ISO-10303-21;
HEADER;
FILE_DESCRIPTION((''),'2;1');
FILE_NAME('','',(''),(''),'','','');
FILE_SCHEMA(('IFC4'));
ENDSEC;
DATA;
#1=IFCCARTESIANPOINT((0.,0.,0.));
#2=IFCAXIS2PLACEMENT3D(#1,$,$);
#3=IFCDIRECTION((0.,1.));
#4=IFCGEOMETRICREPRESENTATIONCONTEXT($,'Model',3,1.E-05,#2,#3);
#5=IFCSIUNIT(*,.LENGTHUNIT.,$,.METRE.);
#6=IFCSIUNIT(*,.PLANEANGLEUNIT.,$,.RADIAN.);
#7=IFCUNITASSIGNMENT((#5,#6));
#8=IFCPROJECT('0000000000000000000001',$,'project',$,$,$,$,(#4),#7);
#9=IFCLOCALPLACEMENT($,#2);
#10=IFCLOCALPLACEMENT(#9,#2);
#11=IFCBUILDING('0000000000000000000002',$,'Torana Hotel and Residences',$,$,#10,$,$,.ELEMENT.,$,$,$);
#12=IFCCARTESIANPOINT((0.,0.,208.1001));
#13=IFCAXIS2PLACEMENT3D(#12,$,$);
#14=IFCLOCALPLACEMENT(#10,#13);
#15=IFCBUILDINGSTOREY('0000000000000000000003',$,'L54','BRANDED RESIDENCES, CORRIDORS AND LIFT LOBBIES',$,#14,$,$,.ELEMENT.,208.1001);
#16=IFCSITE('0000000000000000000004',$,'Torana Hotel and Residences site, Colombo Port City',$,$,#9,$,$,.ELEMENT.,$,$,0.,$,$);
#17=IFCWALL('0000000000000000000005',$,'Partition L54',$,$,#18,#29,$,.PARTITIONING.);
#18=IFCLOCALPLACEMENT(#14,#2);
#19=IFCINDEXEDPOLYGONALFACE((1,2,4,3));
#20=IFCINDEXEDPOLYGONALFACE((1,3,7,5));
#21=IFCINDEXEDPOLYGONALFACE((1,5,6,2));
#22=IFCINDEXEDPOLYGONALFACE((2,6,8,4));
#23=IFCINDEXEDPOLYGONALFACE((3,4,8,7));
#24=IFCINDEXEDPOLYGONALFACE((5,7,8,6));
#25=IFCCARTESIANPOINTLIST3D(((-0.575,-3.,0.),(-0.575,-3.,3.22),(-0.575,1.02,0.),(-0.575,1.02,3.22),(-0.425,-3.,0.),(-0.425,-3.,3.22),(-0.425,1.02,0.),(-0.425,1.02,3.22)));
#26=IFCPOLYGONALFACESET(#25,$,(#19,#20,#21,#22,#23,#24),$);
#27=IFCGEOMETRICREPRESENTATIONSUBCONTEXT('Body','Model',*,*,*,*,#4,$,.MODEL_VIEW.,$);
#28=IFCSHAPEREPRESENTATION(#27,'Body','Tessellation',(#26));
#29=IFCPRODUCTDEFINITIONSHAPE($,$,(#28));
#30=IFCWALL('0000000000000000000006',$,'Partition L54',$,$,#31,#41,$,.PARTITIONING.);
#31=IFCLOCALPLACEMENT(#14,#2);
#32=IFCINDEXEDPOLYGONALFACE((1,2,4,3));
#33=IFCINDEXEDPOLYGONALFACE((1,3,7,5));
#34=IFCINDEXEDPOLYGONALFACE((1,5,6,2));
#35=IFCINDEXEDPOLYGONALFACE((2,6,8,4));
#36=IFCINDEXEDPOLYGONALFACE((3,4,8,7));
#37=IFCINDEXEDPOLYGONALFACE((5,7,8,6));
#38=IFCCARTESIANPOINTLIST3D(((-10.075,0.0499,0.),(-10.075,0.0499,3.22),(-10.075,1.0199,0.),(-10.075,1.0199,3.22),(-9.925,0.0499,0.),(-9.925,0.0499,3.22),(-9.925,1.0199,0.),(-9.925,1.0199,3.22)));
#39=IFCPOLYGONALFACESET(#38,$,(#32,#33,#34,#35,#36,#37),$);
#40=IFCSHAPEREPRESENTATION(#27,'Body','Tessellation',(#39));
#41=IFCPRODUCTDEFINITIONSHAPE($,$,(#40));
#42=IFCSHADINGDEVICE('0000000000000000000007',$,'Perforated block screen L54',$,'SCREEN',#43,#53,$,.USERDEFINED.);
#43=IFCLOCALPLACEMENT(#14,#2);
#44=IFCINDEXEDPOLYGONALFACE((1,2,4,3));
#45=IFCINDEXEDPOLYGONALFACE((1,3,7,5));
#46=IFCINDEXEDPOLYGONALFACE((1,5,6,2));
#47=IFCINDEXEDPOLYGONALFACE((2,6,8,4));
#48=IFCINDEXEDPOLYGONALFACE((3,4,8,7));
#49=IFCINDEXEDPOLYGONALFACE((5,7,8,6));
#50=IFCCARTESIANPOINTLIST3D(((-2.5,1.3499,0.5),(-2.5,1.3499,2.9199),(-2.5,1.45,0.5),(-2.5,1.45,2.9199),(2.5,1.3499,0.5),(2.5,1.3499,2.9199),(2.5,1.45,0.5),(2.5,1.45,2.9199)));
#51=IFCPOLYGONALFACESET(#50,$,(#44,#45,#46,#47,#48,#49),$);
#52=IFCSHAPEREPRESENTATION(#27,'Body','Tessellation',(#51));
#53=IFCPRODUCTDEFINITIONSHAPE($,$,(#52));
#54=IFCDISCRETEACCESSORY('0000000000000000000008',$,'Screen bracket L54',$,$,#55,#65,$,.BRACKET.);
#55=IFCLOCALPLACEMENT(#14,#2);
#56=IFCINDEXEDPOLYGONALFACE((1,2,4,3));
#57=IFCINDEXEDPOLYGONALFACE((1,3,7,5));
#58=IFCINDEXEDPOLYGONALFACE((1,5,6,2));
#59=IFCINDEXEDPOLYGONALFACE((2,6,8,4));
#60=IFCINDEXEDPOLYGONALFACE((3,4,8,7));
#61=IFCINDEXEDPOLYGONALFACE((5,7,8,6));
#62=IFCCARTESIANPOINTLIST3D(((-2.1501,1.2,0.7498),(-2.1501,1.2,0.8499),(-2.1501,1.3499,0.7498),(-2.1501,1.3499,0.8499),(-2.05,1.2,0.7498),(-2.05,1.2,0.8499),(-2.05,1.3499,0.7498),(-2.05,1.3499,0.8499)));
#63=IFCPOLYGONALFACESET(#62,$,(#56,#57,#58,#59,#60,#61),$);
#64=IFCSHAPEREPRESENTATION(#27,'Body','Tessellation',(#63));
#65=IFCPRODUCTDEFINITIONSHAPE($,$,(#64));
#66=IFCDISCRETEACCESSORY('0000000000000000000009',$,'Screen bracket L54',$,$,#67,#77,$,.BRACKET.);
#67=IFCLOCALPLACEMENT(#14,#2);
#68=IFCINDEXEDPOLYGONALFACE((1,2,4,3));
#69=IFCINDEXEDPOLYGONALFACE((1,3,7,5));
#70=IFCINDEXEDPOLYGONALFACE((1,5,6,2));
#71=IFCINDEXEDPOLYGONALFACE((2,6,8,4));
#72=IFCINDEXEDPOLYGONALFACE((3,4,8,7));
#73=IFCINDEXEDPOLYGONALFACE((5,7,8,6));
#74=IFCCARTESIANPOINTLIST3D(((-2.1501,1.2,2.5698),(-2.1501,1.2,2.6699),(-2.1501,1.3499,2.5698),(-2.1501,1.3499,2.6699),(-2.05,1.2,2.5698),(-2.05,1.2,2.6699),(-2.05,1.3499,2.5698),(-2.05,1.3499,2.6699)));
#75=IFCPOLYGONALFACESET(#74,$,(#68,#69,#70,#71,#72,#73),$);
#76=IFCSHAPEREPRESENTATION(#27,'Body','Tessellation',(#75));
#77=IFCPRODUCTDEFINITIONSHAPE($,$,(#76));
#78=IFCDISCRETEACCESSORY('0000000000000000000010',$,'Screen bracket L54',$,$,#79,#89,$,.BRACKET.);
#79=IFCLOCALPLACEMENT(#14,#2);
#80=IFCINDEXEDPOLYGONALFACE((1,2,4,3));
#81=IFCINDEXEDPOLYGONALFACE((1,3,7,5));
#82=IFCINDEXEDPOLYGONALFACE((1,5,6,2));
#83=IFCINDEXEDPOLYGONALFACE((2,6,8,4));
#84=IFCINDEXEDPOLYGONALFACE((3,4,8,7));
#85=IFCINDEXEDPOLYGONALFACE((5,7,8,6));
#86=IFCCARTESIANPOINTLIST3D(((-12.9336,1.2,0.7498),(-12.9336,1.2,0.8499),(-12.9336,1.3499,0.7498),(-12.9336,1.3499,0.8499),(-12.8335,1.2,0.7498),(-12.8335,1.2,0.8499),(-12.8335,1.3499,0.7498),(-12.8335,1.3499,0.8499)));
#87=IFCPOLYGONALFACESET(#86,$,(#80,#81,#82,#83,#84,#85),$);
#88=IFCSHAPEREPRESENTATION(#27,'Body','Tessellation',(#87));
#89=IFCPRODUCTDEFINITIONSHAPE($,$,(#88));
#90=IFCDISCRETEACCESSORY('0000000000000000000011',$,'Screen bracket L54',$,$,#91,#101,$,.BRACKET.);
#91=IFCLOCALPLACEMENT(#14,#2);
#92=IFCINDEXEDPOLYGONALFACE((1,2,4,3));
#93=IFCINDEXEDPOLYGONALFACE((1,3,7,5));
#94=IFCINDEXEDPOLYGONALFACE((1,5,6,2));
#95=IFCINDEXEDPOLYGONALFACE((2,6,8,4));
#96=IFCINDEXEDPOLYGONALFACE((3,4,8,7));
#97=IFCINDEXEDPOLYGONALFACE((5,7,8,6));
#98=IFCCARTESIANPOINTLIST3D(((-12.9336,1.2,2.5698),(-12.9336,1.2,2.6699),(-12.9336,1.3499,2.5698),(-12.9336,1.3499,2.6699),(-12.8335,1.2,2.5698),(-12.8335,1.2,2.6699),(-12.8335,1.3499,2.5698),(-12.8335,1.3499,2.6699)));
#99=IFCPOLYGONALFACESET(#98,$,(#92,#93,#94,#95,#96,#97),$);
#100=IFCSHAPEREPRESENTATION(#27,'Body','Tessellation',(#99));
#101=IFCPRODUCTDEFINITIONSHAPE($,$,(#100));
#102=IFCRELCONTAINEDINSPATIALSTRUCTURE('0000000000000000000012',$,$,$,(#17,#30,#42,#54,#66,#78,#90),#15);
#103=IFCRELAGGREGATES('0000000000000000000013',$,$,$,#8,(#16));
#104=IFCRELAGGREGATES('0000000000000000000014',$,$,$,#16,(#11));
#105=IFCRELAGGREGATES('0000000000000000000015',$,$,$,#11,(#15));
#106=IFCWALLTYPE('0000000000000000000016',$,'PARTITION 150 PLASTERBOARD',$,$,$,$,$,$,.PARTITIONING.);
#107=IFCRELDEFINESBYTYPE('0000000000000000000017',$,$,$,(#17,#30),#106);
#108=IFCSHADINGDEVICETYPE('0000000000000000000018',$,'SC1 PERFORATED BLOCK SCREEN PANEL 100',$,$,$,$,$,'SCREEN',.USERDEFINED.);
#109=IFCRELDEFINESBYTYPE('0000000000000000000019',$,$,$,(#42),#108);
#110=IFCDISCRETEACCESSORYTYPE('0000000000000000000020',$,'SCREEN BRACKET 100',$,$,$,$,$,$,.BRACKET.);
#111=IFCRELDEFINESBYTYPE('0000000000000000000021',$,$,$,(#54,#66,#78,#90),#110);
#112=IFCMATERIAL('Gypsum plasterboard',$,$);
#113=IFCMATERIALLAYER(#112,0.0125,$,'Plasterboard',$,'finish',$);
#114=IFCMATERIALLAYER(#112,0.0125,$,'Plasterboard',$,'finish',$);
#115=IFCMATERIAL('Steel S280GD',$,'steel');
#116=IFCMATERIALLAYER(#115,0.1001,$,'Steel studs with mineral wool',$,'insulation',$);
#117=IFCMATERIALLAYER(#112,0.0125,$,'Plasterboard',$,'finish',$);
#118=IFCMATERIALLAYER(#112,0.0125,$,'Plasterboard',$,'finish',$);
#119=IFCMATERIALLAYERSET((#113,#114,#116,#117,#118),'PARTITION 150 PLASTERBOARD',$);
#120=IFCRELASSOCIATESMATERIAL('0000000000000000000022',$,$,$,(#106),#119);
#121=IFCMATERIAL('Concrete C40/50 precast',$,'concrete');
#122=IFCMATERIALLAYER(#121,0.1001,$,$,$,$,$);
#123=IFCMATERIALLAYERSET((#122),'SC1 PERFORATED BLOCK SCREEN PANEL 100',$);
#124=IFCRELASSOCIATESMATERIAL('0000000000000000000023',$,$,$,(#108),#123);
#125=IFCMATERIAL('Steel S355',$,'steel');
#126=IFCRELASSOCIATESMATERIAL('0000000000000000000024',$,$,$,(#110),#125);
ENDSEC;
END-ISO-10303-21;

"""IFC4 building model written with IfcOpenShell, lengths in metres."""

from ifc_helpers import new_model, si_unit, direction, frame, frame_2d, origin, origin_2d, place, context, subcontext, project, spatial, rectangle, extrude, material, layer, layer_set, type_object, element, save


model = new_model("IFC4")

# Units and contexts
model_context = context("Model", 3, precision=1e-05, world=origin(), true_north=direction((0.0, 1.0)))
body_context = subcontext(model_context, "Body", "Model", "MODEL_VIEW")
ifc_project = project(units=[si_unit("LENGTHUNIT", "METRE"), si_unit("PLANEANGLEUNIT", "RADIAN")], contexts=[model_context])

# Site, building, storey
site_placement = place(None, origin())
site = spatial("IfcSite", under=ifc_project, at=site_placement, Name="Torana Hotel and Residences site, Colombo Port City", CompositionType="ELEMENT", RefElevation=0.0)
building_placement = place(site_placement, origin())
building = spatial("IfcBuilding", under=site, at=building_placement, Name="Torana Hotel and Residences", CompositionType="ELEMENT")
storey_placement = place(building_placement, frame((0.0, 0.0, 208.1001)))
storey = spatial("IfcBuildingStorey", under=building, at=storey_placement, Name="L54", Description="BRANDED RESIDENCES, CORRIDORS AND LIFT LOBBIES", CompositionType="ELEMENT", Elevation=208.1001)

# Walls
ifc_material_1 = material(Name="Gypsum plasterboard")
ifc_layer_1 = layer(ifc_material_1, 0.0125, Name="Plasterboard", Category="finish")
ifc_layer_2 = layer(ifc_material_1, 0.0125, Name="Plasterboard", Category="finish")
ifc_material_2 = material(Name="Steel S280GD", Category="steel")
ifc_layer_3 = layer(ifc_material_2, 0.1001, Name="Steel studs with mineral wool", Category="insulation")
ifc_layer_4 = layer(ifc_material_1, 0.0125, Name="Plasterboard", Category="finish")
ifc_layer_5 = layer(ifc_material_1, 0.0125, Name="Plasterboard", Category="finish")
ifc_layer_set_1 = layer_set([ifc_layer_1, ifc_layer_2, ifc_layer_3, ifc_layer_4, ifc_layer_5], Name="PARTITION 150 PLASTERBOARD")
wall_type_1 = type_object("IfcWallType", Name="PARTITION 150 PLASTERBOARD", PredefinedType="PARTITIONING", material=ifc_layer_set_1)
wall_1_placement = place(storey_placement, frame((-0.5, -3.0, 0.0), z_axis=(0.0, 0.0, 1.0), x_axis=(0.0, 1.0, 0.0)))
element("IfcWall", 1, at=wall_1_placement, inside=storey, type_object=wall_type_1, Name="Partition L54", PredefinedType="PARTITIONING", context=body_context, shape_type="SweptSolid", body=[
    extrude(rectangle(XDim=4.02, YDim=0.1499, at=frame_2d((2.01, 0.0))), origin(), (0.0, 0.0, 1.0), 3.22),
])
wall_2_placement = place(storey_placement, frame((-10.0, 0.05, 0.0), z_axis=(0.0, 0.0, 1.0), x_axis=(0.0, 1.0, 0.0)))
element("IfcWall", 2, at=wall_2_placement, inside=storey, type_object=wall_type_1, Name="Partition L54", PredefinedType="PARTITIONING", context=body_context, shape_type="SweptSolid", body=[
    extrude(rectangle(XDim=0.97, YDim=0.1499, at=frame_2d((0.4849, 0.0))), origin(), (0.0, 0.0, 1.0), 3.22),
])

# Shading device
ifc_material_3 = material(Name="Concrete C40/50 precast", Category="concrete")
ifc_layer_6 = layer(ifc_material_3, 0.1001)
ifc_layer_set_2 = layer_set([ifc_layer_6], Name="SC1 PERFORATED BLOCK SCREEN PANEL 100")
shading_device_type = type_object("IfcShadingDeviceType", Name="SC1 PERFORATED BLOCK SCREEN PANEL 100", ElementType="SCREEN", PredefinedType="USERDEFINED", material=ifc_layer_set_2)
shading_device_placement = place(storey_placement, frame((0.0, 1.3999, 0.5), z_axis=(0.0, 0.0, 1.0), x_axis=(-1.0, 0.0, 0.0)))
element("IfcShadingDevice", 3, at=shading_device_placement, inside=storey, type_object=shading_device_type, Name="Perforated block screen L54", ObjectType="SCREEN", PredefinedType="USERDEFINED", context=body_context, shape_type="SweptSolid", body=[
    extrude(rectangle(XDim=5.0, YDim=0.1001, at=origin_2d()), origin(), (0.0, 0.0, 1.0), 2.4199),
])

# Discrete accessories
ifc_material_4 = material(Name="Steel S355", Category="steel")
discrete_accessory_type = type_object("IfcDiscreteAccessoryType", Name="SCREEN BRACKET 100", PredefinedType="BRACKET", material=ifc_material_4)
for number, where, z_axis, x_axis, name in (
    (4, (-2.1001, 1.2749, 0.7498), (0.0, 0.0, 1.0), (-1.0, 0.0, 0.0), "Screen bracket L54"),
    (5, (-2.1001, 1.2749, 2.5698), (0.0, 0.0, 1.0), (-1.0, 0.0, 0.0), "Screen bracket L54"),
    (6, (-12.8835, 1.2749, 0.7498), (0.0, 0.0, 1.0), (-1.0, 0.0, 0.0), "Screen bracket L54"),
    (7, (-12.8835, 1.2749, 2.5698), (0.0, 0.0, 1.0), (-1.0, 0.0, 0.0), "Screen bracket L54"),
):
    element("IfcDiscreteAccessory", number, at=place(storey_placement, frame(where, z_axis=z_axis, x_axis=x_axis)), inside=storey, type_object=discrete_accessory_type, Name=name, PredefinedType="BRACKET", context=body_context, shape_type="SweptSolid", body=[
        extrude(rectangle(XDim=0.1001, YDim=0.1499, at=origin_2d()), origin(), (0.0, 0.0, 1.0), 0.1001),
    ])

save(model, "model.ifc")
